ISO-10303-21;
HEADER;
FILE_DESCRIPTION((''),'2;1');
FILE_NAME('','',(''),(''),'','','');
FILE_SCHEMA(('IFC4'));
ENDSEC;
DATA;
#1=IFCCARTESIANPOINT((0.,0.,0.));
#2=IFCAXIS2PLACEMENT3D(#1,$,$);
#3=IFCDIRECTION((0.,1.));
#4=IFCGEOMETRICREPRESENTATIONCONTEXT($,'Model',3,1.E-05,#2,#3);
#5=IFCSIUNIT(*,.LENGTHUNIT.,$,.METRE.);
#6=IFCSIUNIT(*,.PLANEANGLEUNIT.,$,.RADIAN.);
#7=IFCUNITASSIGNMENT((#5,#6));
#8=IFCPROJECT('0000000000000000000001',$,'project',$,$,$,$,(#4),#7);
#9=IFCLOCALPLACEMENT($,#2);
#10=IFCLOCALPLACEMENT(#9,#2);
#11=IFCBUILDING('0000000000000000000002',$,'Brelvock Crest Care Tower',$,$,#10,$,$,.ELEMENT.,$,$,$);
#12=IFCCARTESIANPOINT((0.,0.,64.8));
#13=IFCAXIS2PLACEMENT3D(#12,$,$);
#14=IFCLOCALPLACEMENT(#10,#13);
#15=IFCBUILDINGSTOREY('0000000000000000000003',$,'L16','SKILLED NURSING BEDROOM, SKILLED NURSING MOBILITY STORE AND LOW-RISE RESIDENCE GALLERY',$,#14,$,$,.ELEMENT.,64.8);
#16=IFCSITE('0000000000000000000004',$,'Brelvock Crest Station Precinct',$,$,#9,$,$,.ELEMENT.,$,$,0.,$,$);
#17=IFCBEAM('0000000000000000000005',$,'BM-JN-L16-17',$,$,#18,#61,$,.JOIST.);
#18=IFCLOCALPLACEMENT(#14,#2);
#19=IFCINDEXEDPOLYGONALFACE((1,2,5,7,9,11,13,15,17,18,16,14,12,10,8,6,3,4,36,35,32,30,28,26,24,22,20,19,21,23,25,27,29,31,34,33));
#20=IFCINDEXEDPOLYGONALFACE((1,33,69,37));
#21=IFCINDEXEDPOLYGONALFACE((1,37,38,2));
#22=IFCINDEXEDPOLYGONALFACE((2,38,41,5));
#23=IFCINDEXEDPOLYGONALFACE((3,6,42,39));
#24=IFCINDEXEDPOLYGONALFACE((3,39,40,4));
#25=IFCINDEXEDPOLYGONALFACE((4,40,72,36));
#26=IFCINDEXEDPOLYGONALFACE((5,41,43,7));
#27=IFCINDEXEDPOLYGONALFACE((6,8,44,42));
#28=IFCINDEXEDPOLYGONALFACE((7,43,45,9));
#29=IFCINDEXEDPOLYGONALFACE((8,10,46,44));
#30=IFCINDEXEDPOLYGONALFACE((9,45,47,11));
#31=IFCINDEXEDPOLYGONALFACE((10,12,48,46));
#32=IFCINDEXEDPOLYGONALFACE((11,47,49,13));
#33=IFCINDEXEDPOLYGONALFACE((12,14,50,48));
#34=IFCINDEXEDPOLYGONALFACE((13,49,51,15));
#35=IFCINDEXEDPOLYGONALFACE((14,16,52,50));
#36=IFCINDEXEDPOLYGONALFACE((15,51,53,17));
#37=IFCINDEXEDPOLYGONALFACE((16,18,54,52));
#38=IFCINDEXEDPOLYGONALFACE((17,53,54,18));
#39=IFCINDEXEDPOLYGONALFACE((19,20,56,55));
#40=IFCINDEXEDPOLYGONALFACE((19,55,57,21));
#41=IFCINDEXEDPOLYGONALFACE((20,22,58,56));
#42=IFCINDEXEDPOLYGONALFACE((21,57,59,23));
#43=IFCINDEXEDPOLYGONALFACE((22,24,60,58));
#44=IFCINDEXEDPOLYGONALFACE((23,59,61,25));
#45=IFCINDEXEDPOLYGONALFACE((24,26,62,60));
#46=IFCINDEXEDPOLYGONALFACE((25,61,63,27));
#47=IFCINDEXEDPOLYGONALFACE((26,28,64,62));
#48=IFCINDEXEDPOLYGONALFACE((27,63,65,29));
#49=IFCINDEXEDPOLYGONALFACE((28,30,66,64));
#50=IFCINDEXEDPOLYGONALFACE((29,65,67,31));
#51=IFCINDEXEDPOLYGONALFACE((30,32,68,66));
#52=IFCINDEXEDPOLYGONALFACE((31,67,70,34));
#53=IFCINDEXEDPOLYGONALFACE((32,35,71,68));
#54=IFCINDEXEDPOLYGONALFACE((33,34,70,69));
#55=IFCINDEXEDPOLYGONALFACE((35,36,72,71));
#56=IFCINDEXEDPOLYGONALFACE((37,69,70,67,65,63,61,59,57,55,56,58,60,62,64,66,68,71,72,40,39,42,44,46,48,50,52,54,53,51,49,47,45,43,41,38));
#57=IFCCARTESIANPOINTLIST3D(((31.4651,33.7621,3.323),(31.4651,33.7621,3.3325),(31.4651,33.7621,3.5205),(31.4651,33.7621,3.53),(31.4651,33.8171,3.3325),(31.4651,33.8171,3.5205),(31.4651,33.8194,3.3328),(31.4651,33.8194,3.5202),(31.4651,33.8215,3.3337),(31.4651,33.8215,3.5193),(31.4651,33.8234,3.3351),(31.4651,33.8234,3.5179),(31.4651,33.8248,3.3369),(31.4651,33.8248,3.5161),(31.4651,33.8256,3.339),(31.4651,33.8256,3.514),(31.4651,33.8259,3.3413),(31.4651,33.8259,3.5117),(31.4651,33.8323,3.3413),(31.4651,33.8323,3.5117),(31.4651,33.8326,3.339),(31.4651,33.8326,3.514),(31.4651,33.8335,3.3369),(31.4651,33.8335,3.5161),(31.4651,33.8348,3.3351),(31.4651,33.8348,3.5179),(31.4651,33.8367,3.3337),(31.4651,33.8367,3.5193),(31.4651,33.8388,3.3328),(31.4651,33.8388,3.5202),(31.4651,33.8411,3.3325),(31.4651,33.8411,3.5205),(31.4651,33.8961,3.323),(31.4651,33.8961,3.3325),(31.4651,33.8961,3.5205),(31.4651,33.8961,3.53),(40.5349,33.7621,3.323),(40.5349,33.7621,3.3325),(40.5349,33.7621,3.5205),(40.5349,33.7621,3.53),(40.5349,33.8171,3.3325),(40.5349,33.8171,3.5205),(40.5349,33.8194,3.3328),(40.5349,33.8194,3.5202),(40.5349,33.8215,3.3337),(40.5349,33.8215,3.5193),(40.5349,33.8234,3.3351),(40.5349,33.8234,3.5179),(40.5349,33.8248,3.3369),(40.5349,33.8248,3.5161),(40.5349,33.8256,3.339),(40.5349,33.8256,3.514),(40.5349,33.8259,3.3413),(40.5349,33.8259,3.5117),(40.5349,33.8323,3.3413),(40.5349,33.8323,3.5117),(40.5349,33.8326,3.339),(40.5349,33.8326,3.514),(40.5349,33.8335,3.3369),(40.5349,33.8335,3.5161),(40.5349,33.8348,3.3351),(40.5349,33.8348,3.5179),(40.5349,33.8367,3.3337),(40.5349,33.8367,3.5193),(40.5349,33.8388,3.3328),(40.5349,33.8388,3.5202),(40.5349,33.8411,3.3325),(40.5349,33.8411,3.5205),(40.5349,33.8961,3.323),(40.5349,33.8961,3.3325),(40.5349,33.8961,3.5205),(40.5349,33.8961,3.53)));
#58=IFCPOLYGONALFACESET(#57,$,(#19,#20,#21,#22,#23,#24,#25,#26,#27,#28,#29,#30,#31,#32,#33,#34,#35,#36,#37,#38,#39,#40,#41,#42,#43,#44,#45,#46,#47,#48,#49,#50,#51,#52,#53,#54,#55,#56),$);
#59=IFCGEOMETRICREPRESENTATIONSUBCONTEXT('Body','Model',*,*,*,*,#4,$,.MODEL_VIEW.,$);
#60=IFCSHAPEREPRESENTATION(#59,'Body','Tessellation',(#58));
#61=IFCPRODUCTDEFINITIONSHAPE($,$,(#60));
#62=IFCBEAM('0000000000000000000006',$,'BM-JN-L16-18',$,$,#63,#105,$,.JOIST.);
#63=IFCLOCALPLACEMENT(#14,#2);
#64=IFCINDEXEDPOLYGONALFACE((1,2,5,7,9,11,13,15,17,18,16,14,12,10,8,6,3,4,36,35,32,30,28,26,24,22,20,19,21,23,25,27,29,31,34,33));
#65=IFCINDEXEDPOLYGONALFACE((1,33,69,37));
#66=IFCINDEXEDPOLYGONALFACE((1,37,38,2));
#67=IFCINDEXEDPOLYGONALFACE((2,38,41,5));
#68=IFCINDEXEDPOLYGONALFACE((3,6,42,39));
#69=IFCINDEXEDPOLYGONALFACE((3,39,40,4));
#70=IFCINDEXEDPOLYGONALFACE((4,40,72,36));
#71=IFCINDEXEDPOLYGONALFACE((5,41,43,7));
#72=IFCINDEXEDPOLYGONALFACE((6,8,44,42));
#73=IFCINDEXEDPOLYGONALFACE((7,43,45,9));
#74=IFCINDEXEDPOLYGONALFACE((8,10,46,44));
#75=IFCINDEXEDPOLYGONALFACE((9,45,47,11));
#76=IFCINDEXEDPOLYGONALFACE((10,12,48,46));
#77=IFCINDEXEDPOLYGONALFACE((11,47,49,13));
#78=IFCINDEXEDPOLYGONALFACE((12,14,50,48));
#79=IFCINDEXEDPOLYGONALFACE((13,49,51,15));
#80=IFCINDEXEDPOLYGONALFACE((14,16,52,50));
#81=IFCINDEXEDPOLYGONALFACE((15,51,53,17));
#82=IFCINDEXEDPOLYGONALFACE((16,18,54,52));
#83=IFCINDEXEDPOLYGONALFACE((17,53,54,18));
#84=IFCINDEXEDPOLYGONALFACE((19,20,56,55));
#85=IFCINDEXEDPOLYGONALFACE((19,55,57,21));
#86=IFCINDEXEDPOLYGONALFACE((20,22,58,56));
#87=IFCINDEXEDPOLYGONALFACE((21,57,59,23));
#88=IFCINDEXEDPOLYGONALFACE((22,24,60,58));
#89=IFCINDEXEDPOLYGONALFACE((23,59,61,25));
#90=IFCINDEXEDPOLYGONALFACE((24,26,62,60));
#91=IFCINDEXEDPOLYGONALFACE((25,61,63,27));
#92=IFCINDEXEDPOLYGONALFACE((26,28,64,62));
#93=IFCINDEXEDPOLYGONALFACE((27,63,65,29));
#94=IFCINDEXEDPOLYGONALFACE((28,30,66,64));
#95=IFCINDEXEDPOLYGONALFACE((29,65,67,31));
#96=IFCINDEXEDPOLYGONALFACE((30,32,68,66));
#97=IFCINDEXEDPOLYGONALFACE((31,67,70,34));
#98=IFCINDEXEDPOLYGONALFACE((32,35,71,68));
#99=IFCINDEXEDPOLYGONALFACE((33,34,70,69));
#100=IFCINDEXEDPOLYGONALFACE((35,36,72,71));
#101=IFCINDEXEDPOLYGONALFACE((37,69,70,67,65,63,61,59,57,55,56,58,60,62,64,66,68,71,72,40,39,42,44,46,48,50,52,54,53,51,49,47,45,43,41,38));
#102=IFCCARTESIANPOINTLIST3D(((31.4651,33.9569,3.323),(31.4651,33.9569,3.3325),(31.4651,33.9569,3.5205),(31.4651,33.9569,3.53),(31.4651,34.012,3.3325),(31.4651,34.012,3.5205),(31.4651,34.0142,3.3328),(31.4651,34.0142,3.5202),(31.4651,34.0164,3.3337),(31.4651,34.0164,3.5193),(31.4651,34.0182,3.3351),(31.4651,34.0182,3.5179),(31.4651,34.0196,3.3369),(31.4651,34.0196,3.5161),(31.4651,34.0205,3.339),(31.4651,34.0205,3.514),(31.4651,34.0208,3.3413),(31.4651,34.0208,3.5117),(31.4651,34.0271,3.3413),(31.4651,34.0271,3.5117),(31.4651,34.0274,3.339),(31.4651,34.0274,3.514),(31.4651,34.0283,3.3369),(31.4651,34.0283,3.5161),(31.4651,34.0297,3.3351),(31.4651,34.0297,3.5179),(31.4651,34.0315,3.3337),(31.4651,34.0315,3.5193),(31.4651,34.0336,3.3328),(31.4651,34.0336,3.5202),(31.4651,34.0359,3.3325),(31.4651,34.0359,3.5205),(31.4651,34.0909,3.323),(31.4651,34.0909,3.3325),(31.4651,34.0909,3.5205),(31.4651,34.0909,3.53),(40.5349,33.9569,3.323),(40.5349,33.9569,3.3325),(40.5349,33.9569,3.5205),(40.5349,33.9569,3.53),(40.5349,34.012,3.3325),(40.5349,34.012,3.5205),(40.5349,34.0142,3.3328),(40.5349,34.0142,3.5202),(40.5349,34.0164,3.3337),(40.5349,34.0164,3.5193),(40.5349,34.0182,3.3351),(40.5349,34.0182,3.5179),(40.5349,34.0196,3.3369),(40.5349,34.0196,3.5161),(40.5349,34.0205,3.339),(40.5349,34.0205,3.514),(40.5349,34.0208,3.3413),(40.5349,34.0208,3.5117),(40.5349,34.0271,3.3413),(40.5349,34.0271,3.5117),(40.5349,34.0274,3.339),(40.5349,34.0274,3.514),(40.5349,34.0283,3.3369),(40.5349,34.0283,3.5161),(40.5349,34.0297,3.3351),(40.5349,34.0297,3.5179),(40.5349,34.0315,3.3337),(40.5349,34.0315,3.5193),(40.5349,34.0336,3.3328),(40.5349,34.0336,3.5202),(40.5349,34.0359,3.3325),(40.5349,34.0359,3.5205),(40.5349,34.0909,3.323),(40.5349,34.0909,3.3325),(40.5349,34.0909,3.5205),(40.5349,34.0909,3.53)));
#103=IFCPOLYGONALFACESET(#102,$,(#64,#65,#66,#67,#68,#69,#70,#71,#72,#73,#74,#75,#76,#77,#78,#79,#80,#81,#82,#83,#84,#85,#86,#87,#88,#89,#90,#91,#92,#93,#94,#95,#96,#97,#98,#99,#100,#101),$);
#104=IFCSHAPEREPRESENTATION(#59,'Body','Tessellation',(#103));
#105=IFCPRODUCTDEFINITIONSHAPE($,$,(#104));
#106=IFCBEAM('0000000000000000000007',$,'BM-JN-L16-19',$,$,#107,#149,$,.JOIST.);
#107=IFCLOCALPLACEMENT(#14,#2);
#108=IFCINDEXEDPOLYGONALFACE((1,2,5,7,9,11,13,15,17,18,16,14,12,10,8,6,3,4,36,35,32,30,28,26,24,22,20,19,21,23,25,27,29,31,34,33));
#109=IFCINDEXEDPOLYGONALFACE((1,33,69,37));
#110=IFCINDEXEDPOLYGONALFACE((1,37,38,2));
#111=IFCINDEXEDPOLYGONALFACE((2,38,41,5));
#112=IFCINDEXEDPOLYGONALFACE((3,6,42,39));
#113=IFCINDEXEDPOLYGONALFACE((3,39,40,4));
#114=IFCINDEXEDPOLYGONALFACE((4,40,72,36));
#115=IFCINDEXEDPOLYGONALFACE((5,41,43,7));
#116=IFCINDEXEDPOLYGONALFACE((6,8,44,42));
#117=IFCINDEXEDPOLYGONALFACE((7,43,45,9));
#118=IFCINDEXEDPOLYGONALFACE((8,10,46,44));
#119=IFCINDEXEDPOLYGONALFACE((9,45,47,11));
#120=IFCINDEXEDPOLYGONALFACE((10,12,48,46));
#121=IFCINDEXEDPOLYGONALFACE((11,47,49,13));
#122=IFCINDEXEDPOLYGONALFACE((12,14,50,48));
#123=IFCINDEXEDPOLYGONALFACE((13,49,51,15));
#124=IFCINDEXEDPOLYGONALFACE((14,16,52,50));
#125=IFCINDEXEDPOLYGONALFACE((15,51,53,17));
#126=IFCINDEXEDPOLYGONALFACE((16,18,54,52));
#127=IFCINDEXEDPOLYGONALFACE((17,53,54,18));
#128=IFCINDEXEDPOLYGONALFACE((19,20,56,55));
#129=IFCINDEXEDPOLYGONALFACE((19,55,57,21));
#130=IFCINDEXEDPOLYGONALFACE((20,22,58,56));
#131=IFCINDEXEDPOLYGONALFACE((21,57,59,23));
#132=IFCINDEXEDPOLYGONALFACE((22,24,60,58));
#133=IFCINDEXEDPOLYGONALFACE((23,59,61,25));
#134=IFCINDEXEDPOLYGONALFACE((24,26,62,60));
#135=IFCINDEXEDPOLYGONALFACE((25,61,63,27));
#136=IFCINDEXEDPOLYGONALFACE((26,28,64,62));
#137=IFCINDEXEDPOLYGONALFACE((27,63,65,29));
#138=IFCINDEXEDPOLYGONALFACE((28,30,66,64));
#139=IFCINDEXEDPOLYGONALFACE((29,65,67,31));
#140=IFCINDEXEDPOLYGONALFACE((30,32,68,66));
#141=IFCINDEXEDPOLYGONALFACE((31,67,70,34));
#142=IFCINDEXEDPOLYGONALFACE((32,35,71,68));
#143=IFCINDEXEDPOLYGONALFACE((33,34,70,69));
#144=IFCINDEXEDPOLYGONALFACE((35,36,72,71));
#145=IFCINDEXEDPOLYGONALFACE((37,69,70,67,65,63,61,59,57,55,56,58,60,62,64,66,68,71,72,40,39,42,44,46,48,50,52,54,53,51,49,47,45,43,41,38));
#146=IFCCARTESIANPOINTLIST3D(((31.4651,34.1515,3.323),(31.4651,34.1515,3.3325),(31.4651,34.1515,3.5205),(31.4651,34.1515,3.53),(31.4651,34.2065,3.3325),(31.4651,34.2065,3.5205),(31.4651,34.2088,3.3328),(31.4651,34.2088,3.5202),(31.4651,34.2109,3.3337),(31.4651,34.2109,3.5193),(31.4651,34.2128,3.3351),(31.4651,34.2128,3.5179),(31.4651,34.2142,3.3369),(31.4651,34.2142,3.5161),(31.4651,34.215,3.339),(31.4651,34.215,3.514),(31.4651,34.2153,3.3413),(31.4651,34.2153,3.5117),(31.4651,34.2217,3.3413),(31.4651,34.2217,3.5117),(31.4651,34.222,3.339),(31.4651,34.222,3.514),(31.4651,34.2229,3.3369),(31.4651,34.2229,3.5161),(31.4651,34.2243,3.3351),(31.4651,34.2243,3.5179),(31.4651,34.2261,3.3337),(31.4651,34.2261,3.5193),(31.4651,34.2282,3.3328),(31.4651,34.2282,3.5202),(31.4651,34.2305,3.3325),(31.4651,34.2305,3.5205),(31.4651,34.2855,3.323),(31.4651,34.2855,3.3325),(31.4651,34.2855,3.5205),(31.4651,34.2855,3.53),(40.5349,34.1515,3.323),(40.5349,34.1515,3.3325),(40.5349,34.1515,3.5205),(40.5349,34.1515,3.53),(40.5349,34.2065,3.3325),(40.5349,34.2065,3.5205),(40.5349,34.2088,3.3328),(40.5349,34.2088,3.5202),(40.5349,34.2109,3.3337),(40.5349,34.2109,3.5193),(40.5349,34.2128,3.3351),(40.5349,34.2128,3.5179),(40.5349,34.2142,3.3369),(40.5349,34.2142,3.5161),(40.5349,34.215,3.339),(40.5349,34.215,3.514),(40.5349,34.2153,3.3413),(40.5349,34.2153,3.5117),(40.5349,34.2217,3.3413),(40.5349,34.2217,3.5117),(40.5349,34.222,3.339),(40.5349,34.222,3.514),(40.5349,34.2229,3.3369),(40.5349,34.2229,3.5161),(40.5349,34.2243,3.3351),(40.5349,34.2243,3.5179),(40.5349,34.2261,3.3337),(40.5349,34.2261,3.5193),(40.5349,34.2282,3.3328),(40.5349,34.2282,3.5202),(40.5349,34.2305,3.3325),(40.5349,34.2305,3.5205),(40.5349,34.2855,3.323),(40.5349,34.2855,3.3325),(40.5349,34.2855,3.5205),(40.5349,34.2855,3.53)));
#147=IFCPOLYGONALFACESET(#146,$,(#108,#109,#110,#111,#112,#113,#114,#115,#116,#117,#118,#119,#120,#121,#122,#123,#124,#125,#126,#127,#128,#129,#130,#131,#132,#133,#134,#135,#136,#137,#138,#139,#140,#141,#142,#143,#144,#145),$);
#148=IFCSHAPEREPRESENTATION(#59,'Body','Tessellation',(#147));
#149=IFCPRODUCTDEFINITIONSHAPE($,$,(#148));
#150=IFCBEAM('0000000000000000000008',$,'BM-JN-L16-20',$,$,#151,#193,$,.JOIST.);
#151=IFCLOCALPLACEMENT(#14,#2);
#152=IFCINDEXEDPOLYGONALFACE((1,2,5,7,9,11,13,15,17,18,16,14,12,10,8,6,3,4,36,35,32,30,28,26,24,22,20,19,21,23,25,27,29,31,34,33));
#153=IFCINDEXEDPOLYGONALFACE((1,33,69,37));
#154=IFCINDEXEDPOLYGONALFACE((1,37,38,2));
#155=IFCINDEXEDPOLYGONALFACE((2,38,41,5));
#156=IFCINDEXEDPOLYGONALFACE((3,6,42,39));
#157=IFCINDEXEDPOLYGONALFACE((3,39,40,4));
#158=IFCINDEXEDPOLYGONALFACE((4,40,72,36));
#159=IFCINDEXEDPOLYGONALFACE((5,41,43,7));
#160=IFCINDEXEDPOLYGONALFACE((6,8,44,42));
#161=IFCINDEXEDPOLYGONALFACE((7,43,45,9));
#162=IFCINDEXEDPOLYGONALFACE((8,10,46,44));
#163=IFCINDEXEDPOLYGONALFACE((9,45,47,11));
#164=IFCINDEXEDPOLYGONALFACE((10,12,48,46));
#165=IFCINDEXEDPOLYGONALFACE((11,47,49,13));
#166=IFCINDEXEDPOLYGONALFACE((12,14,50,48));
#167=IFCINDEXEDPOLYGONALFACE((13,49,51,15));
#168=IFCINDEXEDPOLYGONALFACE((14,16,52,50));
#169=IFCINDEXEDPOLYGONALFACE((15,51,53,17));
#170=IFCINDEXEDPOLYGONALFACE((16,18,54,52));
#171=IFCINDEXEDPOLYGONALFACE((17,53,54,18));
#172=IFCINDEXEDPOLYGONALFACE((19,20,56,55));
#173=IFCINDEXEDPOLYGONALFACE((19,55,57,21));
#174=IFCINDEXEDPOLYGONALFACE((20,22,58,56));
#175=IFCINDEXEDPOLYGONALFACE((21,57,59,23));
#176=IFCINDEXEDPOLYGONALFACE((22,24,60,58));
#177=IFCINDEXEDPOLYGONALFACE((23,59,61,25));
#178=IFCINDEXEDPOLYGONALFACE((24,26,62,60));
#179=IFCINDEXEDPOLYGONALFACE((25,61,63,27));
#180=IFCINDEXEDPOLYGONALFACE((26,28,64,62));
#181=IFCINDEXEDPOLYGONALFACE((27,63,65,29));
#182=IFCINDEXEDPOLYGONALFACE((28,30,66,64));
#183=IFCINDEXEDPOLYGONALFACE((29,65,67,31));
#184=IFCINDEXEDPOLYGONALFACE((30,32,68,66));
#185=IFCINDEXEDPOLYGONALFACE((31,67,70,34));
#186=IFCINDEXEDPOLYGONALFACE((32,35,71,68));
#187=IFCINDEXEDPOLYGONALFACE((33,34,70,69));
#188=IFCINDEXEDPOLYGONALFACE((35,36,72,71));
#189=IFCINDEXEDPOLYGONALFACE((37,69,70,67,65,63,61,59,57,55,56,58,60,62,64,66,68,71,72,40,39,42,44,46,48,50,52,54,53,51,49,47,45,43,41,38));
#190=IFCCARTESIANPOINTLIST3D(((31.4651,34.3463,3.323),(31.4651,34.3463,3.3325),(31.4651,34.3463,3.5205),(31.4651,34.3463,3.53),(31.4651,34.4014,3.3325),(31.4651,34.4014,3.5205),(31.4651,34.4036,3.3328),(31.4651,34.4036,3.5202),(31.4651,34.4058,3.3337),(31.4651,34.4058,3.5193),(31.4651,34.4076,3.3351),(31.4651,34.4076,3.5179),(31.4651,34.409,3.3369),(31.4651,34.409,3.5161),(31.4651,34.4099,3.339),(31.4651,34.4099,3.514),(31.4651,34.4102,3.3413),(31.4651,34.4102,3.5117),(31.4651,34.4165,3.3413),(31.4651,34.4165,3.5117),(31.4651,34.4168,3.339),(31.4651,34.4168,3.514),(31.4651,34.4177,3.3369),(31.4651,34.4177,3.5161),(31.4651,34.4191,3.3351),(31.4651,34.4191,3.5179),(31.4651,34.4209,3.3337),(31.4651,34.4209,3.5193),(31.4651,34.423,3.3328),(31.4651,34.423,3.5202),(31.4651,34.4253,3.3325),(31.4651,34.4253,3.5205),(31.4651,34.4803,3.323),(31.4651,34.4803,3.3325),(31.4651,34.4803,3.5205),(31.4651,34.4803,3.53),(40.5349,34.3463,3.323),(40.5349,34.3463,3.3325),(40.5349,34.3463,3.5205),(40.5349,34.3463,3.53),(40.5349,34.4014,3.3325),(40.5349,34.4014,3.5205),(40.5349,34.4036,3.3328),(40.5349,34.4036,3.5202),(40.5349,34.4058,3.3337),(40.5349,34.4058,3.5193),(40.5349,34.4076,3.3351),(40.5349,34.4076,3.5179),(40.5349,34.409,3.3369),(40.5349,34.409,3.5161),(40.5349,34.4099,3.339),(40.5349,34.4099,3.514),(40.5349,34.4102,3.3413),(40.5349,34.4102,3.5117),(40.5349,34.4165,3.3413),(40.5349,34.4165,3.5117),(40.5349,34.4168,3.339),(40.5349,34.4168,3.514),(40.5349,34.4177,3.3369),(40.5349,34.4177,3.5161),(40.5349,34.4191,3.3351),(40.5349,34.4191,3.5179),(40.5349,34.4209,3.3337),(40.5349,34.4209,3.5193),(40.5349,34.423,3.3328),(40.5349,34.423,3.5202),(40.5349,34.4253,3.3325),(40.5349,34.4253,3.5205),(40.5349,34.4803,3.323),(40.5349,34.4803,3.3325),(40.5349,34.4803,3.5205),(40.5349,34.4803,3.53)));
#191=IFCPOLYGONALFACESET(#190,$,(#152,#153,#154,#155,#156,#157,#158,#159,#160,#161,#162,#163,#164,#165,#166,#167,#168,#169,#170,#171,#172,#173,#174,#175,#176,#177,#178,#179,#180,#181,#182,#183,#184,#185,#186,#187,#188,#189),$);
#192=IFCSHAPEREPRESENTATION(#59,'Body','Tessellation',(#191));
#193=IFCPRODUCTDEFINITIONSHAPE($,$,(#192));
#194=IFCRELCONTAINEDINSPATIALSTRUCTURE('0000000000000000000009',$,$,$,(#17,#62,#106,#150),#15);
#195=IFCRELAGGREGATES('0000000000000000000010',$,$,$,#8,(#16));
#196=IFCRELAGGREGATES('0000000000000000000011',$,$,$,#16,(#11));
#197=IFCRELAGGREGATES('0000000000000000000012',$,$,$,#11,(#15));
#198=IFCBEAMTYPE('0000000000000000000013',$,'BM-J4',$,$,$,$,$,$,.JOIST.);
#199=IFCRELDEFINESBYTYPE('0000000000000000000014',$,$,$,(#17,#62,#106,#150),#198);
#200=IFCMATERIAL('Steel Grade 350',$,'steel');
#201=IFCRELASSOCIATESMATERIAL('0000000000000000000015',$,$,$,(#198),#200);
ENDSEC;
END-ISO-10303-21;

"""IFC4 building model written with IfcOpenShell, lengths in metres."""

from ifc_helpers import new_model, si_unit, direction, frame, origin, origin_2d, place, context, subcontext, project, spatial, i_section, extrude, source, transform, mapped, material, material_profile, profile_set, type_object, element, save


model = new_model("IFC4")

# Units and contexts
model_context = context("Model", 3, precision=1e-05, world=origin(), true_north=direction((0.0, 1.0)))
body_context = subcontext(model_context, "Body", "Model", "MODEL_VIEW")
ifc_project = project(units=[si_unit("LENGTHUNIT", "METRE"), si_unit("PLANEANGLEUNIT", "RADIAN")], contexts=[model_context])

# Site, building, storey
site_placement = place(None, origin())
site = spatial("IfcSite", under=ifc_project, at=site_placement, Name="Brelvock Crest Station Precinct", CompositionType="ELEMENT", RefElevation=0.0)
building_placement = place(site_placement, origin())
building = spatial("IfcBuilding", under=site, at=building_placement, Name="Brelvock Crest Care Tower", CompositionType="ELEMENT")
storey_placement = place(building_placement, frame((0.0, 0.0, 64.8)))
storey = spatial("IfcBuildingStorey", under=building, at=storey_placement, Name="L16", Description="SKILLED NURSING BEDROOM, SKILLED NURSING MOBILITY STORE AND LOW-RISE RESIDENCE GALLERY", CompositionType="ELEMENT", Elevation=64.8)

# Shared definitions
ifc_material_1 = material(Name="Steel Grade 350", Category="steel")

# Beams
ifc_material_profile_1 = material_profile(ifc_material_1, i_section(OverallWidth=0.134, OverallDepth=0.207, WebThickness=0.0063, FlangeThickness=0.0095, FilletRadius=0.0088, at=origin_2d()), Name="200UB29.8")
ifc_profile_set_1 = profile_set([ifc_material_profile_1], Name="Steel Grade 350")
beam_type_1 = type_object("IfcBeamType", Name="BM-J4", PredefinedType="JOIST", material=ifc_profile_set_1)
shared_shape_1 = source(origin(), body_context, "Body", "SweptSolid", [
    extrude(i_section(OverallWidth=0.134, OverallDepth=0.207, WebThickness=0.0063, FlangeThickness=0.0095, FilletRadius=0.0088, at=origin_2d()), origin(), (0.0, 0.0, 1.0), 9.0698),
])
for number, where, z_axis, x_axis, name in (
    (1, (31.4651, 33.8291, 3.4265), (1.0, 0.0, 0.0), (0.0, 1.0, 0.0), "BM-JN-L16-17"),
    (2, (31.4651, 34.0239, 3.4265), (1.0, 0.0, 0.0), (0.0, 1.0, 0.0), "BM-JN-L16-18"),
    (3, (31.4651, 34.2185, 3.4265), (1.0, 0.0, 0.0), (0.0, 1.0, 0.0), "BM-JN-L16-19"),
    (4, (31.4651, 34.4133, 3.4265), (1.0, 0.0, 0.0), (0.0, 1.0, 0.0), "BM-JN-L16-20"),
):
    element("IfcBeam", number, at=place(storey_placement, frame(where, z_axis=z_axis, x_axis=x_axis)), inside=storey, type_object=beam_type_1, Name=name, PredefinedType="JOIST", context=body_context, shape_type="MappedRepresentation", body=[
        mapped(shared_shape_1, transform((0.0, 0.0, 0.0), x_axis=(1.0, 0.0, 0.0), y_axis=(0.0, 1.0, 0.0), z_axis=(0.0, 0.0, 1.0), scale=1.0)),
    ])

save(model, "model.ifc")
